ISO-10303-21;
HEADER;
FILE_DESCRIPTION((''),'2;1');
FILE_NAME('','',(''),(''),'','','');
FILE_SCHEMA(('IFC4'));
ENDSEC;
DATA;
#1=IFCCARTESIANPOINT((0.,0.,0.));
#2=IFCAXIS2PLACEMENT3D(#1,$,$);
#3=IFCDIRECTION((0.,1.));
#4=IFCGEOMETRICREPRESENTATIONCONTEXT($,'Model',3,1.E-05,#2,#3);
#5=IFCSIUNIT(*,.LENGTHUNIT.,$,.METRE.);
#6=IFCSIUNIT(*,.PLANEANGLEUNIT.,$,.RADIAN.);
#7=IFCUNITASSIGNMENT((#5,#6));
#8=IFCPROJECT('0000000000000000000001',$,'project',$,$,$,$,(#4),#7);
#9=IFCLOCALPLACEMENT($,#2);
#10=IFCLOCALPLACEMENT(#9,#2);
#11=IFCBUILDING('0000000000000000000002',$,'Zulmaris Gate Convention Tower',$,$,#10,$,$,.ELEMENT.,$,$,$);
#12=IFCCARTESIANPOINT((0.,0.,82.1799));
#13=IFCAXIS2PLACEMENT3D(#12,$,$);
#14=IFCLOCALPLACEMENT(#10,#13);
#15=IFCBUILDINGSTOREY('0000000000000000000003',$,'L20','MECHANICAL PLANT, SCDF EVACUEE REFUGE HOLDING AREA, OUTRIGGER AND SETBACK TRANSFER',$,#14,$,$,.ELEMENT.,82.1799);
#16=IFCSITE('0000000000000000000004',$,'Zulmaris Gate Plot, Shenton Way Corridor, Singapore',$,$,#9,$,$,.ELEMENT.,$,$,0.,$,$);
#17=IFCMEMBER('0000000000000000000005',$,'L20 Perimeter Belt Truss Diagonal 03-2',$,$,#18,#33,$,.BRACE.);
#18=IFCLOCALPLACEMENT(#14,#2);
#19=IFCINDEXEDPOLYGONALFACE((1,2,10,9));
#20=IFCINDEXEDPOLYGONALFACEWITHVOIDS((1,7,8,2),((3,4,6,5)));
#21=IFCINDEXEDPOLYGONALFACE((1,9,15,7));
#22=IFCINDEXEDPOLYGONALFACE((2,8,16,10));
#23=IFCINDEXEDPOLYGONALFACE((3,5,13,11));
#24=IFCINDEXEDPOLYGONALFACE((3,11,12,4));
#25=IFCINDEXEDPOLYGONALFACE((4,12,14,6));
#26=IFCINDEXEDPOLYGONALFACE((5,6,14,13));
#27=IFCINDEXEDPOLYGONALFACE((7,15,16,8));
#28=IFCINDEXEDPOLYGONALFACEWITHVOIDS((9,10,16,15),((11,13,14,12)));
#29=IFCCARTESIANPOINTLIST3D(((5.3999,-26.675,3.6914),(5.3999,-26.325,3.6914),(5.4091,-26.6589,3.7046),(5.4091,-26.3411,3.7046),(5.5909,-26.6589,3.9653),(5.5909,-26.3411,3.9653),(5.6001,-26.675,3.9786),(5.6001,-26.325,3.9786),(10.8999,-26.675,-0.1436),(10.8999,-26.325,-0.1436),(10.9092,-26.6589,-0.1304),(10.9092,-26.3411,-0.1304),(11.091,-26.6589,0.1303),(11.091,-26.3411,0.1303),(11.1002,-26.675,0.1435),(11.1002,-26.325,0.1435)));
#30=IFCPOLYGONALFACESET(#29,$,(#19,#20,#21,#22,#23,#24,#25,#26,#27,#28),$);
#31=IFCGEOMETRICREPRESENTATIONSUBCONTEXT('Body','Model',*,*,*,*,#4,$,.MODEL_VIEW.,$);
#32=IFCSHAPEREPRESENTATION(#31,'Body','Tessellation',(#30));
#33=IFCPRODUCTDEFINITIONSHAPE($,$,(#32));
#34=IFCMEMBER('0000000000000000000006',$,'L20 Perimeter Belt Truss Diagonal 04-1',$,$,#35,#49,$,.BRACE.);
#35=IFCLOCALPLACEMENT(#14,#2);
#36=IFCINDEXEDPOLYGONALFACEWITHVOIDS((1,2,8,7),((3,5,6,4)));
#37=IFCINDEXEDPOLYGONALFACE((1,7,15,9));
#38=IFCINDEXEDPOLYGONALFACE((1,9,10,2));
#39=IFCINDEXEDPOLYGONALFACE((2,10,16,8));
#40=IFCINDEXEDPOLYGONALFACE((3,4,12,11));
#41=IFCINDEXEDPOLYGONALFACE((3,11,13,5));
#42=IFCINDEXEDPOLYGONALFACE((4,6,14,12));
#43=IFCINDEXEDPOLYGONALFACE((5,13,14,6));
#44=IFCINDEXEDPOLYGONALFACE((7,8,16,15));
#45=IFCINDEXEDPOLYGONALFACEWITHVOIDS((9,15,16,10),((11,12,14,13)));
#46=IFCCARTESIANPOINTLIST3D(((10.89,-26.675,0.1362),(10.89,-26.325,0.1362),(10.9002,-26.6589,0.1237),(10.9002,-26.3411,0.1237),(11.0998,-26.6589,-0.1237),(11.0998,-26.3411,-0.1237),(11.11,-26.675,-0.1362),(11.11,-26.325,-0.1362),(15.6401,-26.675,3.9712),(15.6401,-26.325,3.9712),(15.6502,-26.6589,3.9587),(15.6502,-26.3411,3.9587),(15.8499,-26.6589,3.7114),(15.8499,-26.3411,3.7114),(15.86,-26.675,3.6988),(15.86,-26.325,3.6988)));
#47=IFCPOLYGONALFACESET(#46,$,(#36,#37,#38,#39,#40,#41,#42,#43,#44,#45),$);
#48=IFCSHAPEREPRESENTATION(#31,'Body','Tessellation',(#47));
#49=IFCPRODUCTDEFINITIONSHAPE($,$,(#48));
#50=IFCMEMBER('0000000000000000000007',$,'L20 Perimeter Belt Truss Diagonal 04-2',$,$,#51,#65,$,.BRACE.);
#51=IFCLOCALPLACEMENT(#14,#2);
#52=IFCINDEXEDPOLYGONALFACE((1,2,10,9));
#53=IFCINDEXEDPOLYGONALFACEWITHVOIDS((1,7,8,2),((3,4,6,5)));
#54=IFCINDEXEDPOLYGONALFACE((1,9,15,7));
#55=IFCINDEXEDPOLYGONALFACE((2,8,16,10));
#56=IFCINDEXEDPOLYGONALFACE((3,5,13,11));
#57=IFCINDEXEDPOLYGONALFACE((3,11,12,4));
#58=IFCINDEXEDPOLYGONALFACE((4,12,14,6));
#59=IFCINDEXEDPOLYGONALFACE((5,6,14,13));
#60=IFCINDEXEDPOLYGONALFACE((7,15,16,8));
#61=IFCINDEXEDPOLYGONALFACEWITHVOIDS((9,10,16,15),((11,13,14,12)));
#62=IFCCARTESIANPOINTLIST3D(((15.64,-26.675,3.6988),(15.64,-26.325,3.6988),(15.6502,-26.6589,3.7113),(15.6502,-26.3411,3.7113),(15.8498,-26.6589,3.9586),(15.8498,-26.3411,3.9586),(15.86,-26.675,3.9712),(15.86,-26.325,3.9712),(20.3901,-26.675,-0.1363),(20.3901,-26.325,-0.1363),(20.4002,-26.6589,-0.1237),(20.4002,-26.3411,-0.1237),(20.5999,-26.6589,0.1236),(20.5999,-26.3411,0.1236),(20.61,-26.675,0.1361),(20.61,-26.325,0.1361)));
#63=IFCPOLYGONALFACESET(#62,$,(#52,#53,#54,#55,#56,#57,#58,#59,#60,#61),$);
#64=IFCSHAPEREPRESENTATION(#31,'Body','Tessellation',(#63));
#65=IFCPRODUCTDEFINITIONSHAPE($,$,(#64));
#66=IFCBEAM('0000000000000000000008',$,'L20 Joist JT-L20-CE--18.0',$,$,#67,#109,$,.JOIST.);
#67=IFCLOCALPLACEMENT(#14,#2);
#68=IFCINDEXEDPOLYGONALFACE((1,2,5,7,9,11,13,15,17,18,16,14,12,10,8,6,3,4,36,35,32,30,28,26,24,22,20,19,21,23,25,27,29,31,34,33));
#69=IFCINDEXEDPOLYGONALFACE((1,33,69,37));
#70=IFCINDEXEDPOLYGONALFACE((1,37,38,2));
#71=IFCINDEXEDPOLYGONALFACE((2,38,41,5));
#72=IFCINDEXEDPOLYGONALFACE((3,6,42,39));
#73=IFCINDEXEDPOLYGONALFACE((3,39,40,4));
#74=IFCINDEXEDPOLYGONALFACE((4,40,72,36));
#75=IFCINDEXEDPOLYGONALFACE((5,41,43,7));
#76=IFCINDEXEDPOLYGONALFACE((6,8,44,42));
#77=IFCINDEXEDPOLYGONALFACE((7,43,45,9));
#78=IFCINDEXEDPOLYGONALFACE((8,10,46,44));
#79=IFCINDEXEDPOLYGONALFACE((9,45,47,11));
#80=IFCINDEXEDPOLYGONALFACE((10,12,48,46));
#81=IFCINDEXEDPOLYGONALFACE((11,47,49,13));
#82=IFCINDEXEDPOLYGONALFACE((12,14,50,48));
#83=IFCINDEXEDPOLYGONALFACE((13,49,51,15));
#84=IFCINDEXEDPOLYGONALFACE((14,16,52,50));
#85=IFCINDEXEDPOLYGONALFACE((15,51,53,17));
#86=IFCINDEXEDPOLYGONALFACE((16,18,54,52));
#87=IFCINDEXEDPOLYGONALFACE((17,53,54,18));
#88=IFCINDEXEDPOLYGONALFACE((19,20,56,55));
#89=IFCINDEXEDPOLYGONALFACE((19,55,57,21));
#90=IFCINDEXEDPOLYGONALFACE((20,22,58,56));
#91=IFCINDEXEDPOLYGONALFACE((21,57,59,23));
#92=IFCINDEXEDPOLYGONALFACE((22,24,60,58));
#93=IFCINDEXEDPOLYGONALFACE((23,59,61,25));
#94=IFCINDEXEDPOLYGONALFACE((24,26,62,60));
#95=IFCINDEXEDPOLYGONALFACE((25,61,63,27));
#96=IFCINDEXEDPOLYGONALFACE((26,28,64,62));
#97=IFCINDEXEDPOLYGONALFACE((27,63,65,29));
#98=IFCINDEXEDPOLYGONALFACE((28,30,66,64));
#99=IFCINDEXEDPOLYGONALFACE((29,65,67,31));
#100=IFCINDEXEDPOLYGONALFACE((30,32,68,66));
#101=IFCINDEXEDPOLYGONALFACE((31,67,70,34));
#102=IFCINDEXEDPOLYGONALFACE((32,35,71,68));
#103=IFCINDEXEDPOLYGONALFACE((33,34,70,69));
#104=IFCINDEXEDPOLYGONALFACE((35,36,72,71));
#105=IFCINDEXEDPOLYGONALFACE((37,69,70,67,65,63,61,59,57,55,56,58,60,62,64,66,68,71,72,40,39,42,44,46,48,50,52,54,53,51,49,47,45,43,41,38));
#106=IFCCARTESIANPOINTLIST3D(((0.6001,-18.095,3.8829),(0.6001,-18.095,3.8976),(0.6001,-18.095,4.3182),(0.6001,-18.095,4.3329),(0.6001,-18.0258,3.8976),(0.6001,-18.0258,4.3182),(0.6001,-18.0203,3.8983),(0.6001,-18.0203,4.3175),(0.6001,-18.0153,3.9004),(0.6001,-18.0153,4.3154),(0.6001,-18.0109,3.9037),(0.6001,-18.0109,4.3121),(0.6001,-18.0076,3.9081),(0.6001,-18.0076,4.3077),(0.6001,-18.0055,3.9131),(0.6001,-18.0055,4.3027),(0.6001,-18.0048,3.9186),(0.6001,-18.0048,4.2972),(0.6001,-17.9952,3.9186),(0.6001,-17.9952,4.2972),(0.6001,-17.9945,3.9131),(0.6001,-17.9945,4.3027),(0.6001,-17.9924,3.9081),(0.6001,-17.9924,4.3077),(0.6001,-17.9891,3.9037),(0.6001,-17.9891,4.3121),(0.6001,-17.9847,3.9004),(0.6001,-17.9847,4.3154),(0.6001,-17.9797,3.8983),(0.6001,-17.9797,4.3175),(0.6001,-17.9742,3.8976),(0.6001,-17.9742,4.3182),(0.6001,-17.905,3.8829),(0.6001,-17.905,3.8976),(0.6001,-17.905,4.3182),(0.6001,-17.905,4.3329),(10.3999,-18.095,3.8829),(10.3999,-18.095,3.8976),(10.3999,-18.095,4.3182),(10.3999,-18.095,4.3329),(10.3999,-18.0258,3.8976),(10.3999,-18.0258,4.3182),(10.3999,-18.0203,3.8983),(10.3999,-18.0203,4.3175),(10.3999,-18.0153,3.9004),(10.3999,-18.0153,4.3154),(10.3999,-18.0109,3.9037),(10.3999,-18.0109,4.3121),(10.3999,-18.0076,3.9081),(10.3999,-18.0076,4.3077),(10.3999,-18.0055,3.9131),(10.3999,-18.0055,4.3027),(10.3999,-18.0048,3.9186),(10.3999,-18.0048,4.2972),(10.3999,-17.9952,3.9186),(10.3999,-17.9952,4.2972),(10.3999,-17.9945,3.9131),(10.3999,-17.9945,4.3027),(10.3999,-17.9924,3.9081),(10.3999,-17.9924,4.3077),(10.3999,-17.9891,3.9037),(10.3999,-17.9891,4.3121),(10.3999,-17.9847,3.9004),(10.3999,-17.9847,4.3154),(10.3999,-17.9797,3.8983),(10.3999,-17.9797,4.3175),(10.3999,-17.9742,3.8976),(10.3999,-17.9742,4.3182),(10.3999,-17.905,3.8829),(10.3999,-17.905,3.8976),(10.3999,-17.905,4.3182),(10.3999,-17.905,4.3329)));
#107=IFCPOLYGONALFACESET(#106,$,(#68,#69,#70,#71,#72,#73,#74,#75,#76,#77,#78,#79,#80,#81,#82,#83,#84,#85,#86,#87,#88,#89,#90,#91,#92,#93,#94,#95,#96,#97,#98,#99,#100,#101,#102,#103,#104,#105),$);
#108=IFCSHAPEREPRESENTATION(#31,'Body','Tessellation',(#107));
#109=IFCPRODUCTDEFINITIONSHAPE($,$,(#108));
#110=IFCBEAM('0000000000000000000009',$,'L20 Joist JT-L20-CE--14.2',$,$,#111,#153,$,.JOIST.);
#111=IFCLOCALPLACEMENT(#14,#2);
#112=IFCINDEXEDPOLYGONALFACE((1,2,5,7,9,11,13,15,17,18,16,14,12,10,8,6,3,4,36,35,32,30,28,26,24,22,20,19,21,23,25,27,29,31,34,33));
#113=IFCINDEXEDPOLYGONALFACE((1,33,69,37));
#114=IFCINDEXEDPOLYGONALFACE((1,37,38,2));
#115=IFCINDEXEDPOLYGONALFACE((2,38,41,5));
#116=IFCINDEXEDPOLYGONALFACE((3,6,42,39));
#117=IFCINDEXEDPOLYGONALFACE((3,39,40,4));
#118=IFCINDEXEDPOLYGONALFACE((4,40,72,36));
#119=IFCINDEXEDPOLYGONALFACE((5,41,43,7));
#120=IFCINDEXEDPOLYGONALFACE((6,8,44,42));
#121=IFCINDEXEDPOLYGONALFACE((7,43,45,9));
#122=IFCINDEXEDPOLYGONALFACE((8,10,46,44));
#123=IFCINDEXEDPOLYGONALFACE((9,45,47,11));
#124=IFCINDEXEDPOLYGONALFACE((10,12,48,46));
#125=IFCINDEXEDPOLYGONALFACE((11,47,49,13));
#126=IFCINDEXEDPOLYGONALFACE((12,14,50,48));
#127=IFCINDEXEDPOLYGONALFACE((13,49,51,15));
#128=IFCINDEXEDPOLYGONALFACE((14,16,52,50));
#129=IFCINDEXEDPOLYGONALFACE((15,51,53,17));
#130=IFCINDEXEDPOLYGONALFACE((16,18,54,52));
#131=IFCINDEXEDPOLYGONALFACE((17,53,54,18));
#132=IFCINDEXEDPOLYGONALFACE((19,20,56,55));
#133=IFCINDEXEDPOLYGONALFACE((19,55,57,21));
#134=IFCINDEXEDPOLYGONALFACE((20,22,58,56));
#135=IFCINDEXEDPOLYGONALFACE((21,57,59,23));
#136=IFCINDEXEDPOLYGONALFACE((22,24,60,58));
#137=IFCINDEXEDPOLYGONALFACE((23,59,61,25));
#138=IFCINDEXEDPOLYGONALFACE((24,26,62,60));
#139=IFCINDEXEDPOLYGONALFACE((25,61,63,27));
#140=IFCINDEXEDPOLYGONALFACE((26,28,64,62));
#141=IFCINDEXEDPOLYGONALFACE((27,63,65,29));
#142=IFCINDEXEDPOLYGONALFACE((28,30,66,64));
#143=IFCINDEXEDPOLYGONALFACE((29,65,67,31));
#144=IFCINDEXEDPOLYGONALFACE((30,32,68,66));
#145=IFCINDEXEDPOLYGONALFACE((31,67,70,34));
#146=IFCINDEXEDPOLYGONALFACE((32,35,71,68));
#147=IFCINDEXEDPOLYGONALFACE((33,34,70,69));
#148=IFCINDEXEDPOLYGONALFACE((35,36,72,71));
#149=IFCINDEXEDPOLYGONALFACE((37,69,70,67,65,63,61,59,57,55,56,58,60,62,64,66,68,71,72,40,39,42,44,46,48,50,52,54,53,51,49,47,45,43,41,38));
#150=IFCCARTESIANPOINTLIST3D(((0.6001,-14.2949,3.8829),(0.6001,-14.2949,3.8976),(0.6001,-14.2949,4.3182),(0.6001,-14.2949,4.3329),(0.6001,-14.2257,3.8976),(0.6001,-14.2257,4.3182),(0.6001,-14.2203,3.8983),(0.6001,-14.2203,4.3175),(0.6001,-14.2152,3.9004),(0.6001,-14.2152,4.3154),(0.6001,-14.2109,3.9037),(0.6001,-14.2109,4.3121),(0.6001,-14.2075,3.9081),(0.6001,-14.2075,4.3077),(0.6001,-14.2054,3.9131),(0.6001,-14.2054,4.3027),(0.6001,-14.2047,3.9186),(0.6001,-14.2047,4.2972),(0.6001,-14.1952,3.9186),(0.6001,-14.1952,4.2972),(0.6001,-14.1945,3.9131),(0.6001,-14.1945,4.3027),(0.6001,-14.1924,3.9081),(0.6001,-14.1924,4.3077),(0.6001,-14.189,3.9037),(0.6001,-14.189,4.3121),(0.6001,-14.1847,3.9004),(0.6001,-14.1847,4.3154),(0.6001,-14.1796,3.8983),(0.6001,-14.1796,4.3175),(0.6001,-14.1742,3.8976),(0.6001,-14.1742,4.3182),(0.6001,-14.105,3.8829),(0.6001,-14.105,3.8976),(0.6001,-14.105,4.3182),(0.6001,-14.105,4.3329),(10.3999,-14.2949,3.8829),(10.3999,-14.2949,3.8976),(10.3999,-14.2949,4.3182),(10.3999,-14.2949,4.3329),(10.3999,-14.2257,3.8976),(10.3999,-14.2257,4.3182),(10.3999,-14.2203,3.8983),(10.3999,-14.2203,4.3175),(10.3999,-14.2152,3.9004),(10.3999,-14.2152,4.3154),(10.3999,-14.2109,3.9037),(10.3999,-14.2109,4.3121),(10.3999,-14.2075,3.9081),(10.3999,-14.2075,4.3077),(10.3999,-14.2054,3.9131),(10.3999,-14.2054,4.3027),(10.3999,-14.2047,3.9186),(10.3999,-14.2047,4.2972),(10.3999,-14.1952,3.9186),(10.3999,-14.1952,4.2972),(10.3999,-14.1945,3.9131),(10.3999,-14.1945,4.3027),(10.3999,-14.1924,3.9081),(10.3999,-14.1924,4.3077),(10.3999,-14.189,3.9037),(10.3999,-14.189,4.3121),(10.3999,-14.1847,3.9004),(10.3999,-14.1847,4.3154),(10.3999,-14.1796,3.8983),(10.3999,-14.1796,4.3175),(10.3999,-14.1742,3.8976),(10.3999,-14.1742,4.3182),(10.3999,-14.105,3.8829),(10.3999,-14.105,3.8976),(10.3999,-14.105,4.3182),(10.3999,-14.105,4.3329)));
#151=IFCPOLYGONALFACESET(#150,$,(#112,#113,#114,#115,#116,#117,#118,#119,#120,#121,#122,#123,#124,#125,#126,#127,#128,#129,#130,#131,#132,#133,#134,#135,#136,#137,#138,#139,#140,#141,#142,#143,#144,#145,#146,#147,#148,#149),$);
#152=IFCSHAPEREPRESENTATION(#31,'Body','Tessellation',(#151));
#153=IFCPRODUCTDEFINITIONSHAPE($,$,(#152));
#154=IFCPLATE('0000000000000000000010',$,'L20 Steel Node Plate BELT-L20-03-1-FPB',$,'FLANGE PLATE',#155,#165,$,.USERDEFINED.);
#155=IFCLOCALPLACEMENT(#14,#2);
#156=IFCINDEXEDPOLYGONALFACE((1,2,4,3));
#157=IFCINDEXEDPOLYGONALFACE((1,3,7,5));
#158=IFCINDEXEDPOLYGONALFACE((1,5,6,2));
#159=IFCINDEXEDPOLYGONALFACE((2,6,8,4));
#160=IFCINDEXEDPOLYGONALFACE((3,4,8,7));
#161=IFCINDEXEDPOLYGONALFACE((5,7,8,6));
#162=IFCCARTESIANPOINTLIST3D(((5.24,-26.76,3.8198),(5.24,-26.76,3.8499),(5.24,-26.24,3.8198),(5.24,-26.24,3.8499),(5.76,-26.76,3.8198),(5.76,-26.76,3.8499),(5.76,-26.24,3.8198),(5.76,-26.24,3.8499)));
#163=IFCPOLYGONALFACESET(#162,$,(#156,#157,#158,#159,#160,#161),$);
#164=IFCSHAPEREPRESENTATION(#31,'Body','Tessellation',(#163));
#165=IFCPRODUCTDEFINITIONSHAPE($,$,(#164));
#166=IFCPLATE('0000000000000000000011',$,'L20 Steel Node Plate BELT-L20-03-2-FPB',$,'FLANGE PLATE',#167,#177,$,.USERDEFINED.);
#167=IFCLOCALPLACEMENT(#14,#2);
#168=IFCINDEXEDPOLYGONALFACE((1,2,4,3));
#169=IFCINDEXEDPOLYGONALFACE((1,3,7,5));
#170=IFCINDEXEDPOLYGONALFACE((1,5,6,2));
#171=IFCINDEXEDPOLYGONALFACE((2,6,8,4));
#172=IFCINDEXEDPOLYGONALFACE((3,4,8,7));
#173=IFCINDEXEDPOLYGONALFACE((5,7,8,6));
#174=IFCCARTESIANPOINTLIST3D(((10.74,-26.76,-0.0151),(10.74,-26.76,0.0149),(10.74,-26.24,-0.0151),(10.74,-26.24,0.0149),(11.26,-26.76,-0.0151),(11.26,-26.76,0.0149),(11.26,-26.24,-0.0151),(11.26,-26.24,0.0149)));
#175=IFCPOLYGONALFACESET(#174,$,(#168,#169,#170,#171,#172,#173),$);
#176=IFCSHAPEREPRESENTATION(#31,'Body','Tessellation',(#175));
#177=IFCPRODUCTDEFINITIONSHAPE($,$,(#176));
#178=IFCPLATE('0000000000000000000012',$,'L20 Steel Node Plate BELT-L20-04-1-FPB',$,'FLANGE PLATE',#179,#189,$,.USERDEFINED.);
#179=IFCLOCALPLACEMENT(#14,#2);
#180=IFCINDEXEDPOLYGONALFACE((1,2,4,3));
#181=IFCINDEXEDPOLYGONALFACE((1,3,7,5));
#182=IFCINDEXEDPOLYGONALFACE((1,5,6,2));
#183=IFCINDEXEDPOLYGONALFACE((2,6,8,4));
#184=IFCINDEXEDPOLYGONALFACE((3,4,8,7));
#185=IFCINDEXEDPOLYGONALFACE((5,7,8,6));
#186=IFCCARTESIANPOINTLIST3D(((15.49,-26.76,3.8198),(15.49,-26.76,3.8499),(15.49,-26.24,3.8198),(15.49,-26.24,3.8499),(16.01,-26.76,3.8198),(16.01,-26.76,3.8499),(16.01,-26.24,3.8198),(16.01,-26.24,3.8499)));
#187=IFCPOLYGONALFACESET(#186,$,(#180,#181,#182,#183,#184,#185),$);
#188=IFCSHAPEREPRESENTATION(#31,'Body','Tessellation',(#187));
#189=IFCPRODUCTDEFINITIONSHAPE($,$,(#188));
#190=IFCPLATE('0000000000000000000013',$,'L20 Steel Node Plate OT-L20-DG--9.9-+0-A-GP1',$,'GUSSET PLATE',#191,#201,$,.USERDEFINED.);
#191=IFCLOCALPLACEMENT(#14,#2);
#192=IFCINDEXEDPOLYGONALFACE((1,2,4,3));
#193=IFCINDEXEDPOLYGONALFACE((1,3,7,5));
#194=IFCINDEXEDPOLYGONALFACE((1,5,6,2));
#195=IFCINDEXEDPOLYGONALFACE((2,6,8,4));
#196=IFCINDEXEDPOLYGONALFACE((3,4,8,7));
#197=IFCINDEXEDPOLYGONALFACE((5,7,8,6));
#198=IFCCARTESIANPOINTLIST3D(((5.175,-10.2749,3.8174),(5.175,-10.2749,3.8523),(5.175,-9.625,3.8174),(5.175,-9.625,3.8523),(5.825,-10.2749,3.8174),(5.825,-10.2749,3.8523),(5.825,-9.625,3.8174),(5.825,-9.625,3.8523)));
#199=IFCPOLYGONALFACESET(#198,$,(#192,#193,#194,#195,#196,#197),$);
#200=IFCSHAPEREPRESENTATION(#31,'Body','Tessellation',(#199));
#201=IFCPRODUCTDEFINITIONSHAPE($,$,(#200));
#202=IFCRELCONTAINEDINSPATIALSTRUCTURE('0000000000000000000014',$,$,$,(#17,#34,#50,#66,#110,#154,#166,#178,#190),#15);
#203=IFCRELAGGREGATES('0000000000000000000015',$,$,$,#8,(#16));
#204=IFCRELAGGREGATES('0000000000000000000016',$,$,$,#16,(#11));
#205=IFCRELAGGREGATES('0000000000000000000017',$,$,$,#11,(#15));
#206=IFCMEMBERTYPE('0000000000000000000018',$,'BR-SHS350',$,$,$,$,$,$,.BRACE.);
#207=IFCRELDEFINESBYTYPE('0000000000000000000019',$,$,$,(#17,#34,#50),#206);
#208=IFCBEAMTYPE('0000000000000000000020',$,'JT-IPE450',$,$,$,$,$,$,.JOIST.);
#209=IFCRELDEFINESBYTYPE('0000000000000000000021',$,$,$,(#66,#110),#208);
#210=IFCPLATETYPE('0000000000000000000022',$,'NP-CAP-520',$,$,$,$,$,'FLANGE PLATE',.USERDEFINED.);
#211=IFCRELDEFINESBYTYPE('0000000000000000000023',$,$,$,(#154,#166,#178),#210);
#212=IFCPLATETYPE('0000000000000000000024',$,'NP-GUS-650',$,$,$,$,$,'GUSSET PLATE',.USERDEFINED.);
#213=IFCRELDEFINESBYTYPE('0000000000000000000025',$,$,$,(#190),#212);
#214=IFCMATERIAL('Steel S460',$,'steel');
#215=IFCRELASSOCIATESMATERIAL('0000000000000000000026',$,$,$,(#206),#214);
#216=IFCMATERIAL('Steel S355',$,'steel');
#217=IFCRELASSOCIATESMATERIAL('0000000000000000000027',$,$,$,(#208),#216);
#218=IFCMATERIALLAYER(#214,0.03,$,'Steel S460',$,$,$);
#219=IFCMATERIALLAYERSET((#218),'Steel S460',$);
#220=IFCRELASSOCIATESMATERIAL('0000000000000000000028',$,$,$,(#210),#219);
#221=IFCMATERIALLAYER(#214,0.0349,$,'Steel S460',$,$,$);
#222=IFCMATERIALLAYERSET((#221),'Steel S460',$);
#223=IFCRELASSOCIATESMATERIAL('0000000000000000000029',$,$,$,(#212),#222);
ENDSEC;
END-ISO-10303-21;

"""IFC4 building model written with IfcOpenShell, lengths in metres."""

from ifc_helpers import new_model, si_unit, direction, frame, origin, origin_2d, place, context, subcontext, project, spatial, rectangle, hollow_rectangle, i_section, extrude, material, layer, layer_set, material_profile, profile_set, type_object, element, save


model = new_model("IFC4")

# Units and contexts
model_context = context("Model", 3, precision=1e-05, world=origin(), true_north=direction((0.0, 1.0)))
body_context = subcontext(model_context, "Body", "Model", "MODEL_VIEW")
ifc_project = project(units=[si_unit("LENGTHUNIT", "METRE"), si_unit("PLANEANGLEUNIT", "RADIAN")], contexts=[model_context])

# Site, building, storey
site_placement = place(None, origin())
site = spatial("IfcSite", under=ifc_project, at=site_placement, Name="Zulmaris Gate Plot, Shenton Way Corridor, Singapore", CompositionType="ELEMENT", RefElevation=0.0)
building_placement = place(site_placement, origin())
building = spatial("IfcBuilding", under=site, at=building_placement, Name="Zulmaris Gate Convention Tower", CompositionType="ELEMENT")
storey_placement = place(building_placement, frame((0.0, 0.0, 82.1799)))
storey = spatial("IfcBuildingStorey", under=building, at=storey_placement, Name="L20", Description="MECHANICAL PLANT, SCDF EVACUEE REFUGE HOLDING AREA, OUTRIGGER AND SETBACK TRANSFER", CompositionType="ELEMENT", Elevation=82.1799)

# Shared definitions
ifc_material_1 = material(Name="Steel S460", Category="steel")

# Members
ifc_material_profile_1 = material_profile(ifc_material_1, hollow_rectangle(XDim=0.3501, YDim=0.3501, WallThickness=0.0161, at=origin_2d()), Name="SHS 350x350x16")
ifc_profile_set_1 = profile_set([ifc_material_profile_1], Name="Steel S460")
member_type_1 = type_object("IfcMemberType", Name="BR-SHS350", PredefinedType="BRACE", material=ifc_profile_set_1)
member_1_placement = place(storey_placement, frame((5.5, -26.5, 3.835), z_axis=(0.820284, 0.0, -0.571956), x_axis=(0.0, 1.0, 0.0)))
element("IfcMember", 1, at=member_1_placement, inside=storey, type_object=member_type_1, Name="L20 Perimeter Belt Truss Diagonal 03-2", PredefinedType="BRACE", context=body_context, shape_type="SweptSolid", body=[
    extrude(hollow_rectangle(XDim=0.3501, YDim=0.3501, WallThickness=0.0161, at=origin_2d()), origin(), (0.0, 0.0, 1.0), 6.7051),
])
for number, where, z_axis, x_axis, name in (
    (2, (11.0, -26.5, 0.0), (0.778067, 0.0, 0.628181), (0.0, 1.0, 0.0), "L20 Perimeter Belt Truss Diagonal 04-1"),
    (3, (15.75, -26.5, 3.835), (0.778067, 0.0, -0.628181), (0.0, 1.0, 0.0), "L20 Perimeter Belt Truss Diagonal 04-2"),
):
    element("IfcMember", number, at=place(storey_placement, frame(where, z_axis=z_axis, x_axis=x_axis)), inside=storey, type_object=member_type_1, Name=name, PredefinedType="BRACE", context=body_context, shape_type="SweptSolid", body=[
        extrude(hollow_rectangle(XDim=0.3501, YDim=0.3501, WallThickness=0.0161, at=origin_2d()), origin(), (0.0, 0.0, 1.0), 6.105),
    ])

# Beams
ifc_material_2 = material(Name="Steel S355", Category="steel")
ifc_material_profile_2 = material_profile(ifc_material_2, i_section(OverallWidth=0.1899, OverallDepth=0.45, WebThickness=0.0095, FlangeThickness=0.0146, FilletRadius=0.021, at=origin_2d()), Name="IPE 450")
ifc_profile_set_2 = profile_set([ifc_material_profile_2], Name="Steel S355")
beam_type_1 = type_object("IfcBeamType", Name="JT-IPE450", PredefinedType="JOIST", material=ifc_profile_set_2)
for number, where, z_axis, x_axis, name in (
    (4, (0.6001, -18.0, 4.1079), (1.0, 0.0, 0.0), (0.0, 1.0, 0.0), "L20 Joist JT-L20-CE--18.0"),
    (5, (0.6001, -14.2, 4.1079), (1.0, 0.0, 0.0), (0.0, 1.0, 0.0), "L20 Joist JT-L20-CE--14.2"),
):
    element("IfcBeam", number, at=place(storey_placement, frame(where, z_axis=z_axis, x_axis=x_axis)), inside=storey, type_object=beam_type_1, Name=name, PredefinedType="JOIST", context=body_context, shape_type="SweptSolid", body=[
        extrude(i_section(OverallWidth=0.1899, OverallDepth=0.45, WebThickness=0.0095, FlangeThickness=0.0146, FilletRadius=0.021, at=origin_2d()), origin(), (0.0, 0.0, 1.0), 9.7998),
    ])

# Plates
ifc_layer_1 = layer(ifc_material_1, 0.03, Name="Steel S460")
ifc_layer_set_1 = layer_set([ifc_layer_1], Name="Steel S460")
plate_type_1 = type_object("IfcPlateType", Name="NP-CAP-520", ElementType="FLANGE PLATE", PredefinedType="USERDEFINED", material=ifc_layer_set_1)
for number, where, z_axis, x_axis, name in (
    (6, (5.5, -26.5, 3.8198), (0.0, 0.0, 1.0), (1.0, 0.0, 0.0), "L20 Steel Node Plate BELT-L20-03-1-FPB"),
    (7, (11.0, -26.5, -0.0151), (0.0, 0.0, 1.0), (1.0, 0.0, 0.0), "L20 Steel Node Plate BELT-L20-03-2-FPB"),
    (8, (15.75, -26.5, 3.8198), (0.0, 0.0, 1.0), (1.0, 0.0, 0.0), "L20 Steel Node Plate BELT-L20-04-1-FPB"),
):
    element("IfcPlate", number, at=place(storey_placement, frame(where, z_axis=z_axis, x_axis=x_axis)), inside=storey, type_object=plate_type_1, Name=name, ObjectType="FLANGE PLATE", PredefinedType="USERDEFINED", context=body_context, shape_type="SweptSolid", body=[
        extrude(rectangle(XDim=0.52, YDim=0.52, at=origin_2d()), origin(), (0.0, 0.0, 1.0), 0.03),
    ])
ifc_layer_2 = layer(ifc_material_1, 0.0349, Name="Steel S460")
ifc_layer_set_2 = layer_set([ifc_layer_2], Name="Steel S460")
plate_type_2 = type_object("IfcPlateType", Name="NP-GUS-650", ElementType="GUSSET PLATE", PredefinedType="USERDEFINED", material=ifc_layer_set_2)
for number, where, z_axis, x_axis, name in (
    (9, (5.5, -9.95, 3.8174), (0.0, 0.0, 1.0), (1.0, 0.0, 0.0), "L20 Steel Node Plate OT-L20-DG--9.9-+0-A-GP1"),
):
    element("IfcPlate", number, at=place(storey_placement, frame(where, z_axis=z_axis, x_axis=x_axis)), inside=storey, type_object=plate_type_2, Name=name, ObjectType="GUSSET PLATE", PredefinedType="USERDEFINED", context=body_context, shape_type="SweptSolid", body=[
        extrude(rectangle(XDim=0.6499, YDim=0.6499, at=origin_2d()), origin(), (0.0, 0.0, 1.0), 0.0349),
    ])

save(model, "model.ifc")
